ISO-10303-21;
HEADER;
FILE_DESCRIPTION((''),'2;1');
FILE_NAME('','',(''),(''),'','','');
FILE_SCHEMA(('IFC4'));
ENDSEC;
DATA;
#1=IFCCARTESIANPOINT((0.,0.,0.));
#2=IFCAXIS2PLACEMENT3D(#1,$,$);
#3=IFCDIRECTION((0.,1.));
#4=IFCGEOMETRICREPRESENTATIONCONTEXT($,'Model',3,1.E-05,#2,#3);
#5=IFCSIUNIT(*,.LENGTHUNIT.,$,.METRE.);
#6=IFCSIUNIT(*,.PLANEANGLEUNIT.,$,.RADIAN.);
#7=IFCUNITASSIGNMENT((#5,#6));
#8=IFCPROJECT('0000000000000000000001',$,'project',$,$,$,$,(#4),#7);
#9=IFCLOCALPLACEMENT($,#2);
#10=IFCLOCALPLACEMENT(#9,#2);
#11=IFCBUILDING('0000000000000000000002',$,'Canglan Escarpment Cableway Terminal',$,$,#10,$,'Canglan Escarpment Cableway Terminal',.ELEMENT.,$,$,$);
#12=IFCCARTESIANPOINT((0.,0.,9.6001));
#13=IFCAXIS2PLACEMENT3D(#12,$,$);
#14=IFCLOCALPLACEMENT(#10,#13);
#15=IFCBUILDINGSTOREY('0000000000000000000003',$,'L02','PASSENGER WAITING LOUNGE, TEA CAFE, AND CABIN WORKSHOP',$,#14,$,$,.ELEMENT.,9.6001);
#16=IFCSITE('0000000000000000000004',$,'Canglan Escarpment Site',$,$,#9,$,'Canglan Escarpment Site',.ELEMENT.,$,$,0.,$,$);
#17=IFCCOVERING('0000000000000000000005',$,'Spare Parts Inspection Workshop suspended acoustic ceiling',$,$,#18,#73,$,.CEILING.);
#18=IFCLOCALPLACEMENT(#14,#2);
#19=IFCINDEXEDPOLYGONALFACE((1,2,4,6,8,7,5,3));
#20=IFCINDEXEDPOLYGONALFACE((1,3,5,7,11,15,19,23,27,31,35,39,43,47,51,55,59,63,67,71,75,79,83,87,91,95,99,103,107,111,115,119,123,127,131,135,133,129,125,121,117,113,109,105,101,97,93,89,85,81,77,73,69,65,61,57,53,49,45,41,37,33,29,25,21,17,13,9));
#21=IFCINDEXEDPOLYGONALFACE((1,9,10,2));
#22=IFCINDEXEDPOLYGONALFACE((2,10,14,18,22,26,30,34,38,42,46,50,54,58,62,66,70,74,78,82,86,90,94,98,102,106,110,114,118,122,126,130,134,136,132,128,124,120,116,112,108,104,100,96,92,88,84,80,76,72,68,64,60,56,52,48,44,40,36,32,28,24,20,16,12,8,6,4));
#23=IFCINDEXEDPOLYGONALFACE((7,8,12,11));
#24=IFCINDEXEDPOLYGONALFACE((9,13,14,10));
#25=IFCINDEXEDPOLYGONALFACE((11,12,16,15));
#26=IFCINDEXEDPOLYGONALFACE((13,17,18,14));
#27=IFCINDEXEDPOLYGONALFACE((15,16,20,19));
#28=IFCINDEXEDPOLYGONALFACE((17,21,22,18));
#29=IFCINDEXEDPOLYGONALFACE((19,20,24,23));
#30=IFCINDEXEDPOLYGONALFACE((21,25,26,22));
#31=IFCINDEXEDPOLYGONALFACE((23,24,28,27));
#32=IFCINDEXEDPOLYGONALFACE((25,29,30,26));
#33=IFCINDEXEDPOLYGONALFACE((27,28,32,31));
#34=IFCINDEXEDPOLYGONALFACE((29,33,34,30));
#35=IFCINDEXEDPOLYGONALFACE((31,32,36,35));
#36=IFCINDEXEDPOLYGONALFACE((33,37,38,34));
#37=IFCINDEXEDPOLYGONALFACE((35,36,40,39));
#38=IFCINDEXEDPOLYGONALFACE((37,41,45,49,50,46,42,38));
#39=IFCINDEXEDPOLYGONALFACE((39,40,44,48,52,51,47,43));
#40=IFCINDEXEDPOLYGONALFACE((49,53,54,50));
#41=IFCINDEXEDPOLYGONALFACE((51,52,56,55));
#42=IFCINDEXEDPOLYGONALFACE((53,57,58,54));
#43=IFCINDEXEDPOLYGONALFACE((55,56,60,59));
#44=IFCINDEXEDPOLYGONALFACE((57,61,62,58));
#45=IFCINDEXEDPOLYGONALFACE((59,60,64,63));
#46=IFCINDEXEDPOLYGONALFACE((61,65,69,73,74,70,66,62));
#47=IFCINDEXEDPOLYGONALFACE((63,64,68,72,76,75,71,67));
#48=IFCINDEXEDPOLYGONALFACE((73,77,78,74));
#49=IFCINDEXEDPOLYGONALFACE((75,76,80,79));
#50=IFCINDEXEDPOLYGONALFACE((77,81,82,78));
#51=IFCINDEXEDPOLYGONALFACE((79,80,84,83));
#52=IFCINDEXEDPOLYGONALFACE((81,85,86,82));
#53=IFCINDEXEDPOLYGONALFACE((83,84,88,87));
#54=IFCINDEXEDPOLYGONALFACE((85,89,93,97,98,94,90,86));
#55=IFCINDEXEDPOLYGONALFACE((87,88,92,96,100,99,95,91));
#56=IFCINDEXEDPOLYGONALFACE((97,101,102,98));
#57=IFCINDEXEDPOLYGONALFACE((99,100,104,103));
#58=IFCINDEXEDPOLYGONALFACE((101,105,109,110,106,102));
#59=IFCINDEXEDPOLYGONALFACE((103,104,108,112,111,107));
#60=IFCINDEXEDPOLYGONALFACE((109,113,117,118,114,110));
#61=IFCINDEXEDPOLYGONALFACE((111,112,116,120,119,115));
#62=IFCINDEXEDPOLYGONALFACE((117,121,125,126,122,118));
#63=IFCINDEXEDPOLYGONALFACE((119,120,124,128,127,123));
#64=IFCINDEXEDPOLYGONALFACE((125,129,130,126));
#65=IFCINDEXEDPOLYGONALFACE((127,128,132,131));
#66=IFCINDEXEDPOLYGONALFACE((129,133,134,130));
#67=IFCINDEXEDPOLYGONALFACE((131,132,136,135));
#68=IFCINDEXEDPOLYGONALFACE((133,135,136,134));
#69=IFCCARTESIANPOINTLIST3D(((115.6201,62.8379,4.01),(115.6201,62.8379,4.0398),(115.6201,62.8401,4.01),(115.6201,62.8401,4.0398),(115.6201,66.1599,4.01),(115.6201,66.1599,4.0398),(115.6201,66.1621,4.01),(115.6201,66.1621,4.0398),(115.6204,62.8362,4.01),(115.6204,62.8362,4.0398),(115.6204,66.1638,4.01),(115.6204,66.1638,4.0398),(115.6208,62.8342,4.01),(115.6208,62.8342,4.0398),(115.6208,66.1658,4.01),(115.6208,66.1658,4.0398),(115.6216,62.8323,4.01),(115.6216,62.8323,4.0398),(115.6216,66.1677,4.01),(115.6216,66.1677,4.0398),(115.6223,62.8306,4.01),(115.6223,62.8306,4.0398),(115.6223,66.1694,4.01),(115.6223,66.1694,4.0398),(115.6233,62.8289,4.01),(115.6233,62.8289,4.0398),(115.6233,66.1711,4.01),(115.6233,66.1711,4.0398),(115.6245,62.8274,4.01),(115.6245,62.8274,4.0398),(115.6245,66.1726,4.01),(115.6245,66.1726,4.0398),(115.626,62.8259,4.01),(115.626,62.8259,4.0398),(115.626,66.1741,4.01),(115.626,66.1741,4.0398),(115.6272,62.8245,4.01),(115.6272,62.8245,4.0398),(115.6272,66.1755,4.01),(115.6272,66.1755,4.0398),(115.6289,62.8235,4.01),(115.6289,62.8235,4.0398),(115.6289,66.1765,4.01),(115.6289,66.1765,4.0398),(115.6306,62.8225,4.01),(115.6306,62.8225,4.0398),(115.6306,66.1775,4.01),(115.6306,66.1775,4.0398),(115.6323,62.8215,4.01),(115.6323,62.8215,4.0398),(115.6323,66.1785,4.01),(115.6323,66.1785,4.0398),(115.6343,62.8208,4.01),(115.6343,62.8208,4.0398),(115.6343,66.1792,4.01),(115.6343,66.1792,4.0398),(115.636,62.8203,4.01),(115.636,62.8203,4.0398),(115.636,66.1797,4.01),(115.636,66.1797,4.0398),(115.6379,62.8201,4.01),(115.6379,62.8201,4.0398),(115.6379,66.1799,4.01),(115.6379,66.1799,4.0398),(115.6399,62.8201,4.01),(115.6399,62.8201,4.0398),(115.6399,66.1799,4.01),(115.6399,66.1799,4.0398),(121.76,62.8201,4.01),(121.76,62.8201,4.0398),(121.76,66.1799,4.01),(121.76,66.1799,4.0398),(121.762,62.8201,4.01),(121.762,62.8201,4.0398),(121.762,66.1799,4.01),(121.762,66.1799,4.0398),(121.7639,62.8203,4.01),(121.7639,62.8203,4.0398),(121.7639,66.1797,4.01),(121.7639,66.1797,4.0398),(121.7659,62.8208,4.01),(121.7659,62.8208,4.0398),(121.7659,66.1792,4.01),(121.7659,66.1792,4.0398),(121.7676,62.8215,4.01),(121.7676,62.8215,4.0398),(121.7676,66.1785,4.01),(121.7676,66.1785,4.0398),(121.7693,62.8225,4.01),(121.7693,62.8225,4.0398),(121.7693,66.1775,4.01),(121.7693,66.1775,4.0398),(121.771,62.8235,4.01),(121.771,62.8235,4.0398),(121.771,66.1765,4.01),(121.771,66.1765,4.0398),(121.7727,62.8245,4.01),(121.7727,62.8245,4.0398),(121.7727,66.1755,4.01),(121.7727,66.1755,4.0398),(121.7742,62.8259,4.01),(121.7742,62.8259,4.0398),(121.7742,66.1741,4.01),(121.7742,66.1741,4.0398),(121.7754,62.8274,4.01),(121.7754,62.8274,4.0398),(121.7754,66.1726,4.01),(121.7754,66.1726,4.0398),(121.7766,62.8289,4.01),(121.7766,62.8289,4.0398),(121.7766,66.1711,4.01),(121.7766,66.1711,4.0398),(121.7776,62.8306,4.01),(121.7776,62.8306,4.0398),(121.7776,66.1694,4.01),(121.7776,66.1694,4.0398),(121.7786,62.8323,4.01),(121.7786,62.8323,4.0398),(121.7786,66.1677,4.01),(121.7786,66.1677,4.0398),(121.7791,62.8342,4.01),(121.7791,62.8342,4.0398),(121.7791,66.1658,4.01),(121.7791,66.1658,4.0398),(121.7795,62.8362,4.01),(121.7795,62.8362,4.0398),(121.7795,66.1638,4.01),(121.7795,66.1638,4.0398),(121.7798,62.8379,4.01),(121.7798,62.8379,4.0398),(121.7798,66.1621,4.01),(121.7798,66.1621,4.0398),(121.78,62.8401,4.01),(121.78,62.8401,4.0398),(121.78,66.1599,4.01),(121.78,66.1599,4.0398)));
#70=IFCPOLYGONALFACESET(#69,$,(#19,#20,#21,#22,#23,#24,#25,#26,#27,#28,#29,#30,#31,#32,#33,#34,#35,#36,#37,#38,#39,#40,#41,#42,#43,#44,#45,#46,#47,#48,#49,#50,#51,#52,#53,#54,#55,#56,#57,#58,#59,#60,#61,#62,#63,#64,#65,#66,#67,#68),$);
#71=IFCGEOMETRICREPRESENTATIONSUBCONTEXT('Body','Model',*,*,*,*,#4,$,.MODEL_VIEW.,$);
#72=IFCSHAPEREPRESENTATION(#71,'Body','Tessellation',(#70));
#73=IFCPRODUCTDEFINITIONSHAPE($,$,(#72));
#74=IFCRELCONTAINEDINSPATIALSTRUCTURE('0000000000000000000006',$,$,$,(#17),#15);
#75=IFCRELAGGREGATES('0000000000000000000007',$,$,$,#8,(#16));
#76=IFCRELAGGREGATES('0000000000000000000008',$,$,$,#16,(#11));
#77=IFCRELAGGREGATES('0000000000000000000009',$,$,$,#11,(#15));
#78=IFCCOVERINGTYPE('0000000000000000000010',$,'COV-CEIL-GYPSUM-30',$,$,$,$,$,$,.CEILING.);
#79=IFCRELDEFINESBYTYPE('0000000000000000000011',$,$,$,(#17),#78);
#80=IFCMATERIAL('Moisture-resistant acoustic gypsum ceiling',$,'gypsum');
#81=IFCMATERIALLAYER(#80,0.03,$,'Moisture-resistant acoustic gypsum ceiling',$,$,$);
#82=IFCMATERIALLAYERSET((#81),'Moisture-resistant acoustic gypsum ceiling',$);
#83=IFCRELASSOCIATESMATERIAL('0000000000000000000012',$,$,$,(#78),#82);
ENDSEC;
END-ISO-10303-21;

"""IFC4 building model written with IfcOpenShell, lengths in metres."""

from ifc_helpers import new_model, si_unit, direction, frame, origin, place, context, subcontext, project, spatial, polyline, outline, extrude, material, layer, layer_set, type_object, element, save


model = new_model("IFC4")

# Units and contexts
model_context = context("Model", 3, precision=1e-05, world=origin(), true_north=direction((0.0, 1.0)))
body_context = subcontext(model_context, "Body", "Model", "MODEL_VIEW")
ifc_project = project(units=[si_unit("LENGTHUNIT", "METRE"), si_unit("PLANEANGLEUNIT", "RADIAN")], contexts=[model_context])

# Site, building, storey
site_placement = place(None, origin())
site = spatial("IfcSite", under=ifc_project, at=site_placement, Name="Canglan Escarpment Site", LongName="Canglan Escarpment Site", CompositionType="ELEMENT", RefElevation=0.0)
building_placement = place(site_placement, origin())
building = spatial("IfcBuilding", under=site, at=building_placement, Name="Canglan Escarpment Cableway Terminal", LongName="Canglan Escarpment Cableway Terminal", CompositionType="ELEMENT")
storey_placement = place(building_placement, frame((0.0, 0.0, 9.6001)))
storey = spatial("IfcBuildingStorey", under=building, at=storey_placement, Name="L02", Description="PASSENGER WAITING LOUNGE, TEA CAFE, AND CABIN WORKSHOP", CompositionType="ELEMENT", Elevation=9.6001)

# Covering
ifc_material_1 = material(Name="Moisture-resistant acoustic gypsum ceiling", Category="gypsum")
ifc_layer_1 = layer(ifc_material_1, 0.03, Name="Moisture-resistant acoustic gypsum ceiling")
ifc_layer_set_1 = layer_set([ifc_layer_1], Name="Moisture-resistant acoustic gypsum ceiling")
covering_type_1 = type_object("IfcCoveringType", Name="COV-CEIL-GYPSUM-30", PredefinedType="CEILING", material=ifc_layer_set_1)
covering_1_placement = place(storey_placement, frame((0.0, 0.0, 4.01)))
element("IfcCovering", 1, at=covering_1_placement, inside=storey, type_object=covering_type_1, Name="Spare Parts Inspection Workshop suspended acoustic ceiling", PredefinedType="CEILING", context=body_context, shape_type="SweptSolid", body=[
    extrude(outline(polyline([(115.6201, 66.1599), (115.6201, 66.1621), (115.6204, 66.1638), (115.6208, 66.1658), (115.6216, 66.1677), (115.6223, 66.1694), (115.6233, 66.1711), (115.6245, 66.1726), (115.626, 66.1741), (115.6272, 66.1755), (115.6289, 66.1765), (115.6306, 66.1775), (115.6323, 66.1785), (115.6343, 66.1792), (115.636, 66.1797), (115.6379, 66.1799), (115.6399, 66.1799), (121.76, 66.1799), (121.762, 66.1799), (121.7639, 66.1797), (121.7659, 66.1792), (121.7676, 66.1785), (121.7693, 66.1775), (121.771, 66.1765), (121.7727, 66.1755), (121.7742, 66.1741), (121.7754, 66.1726), (121.7766, 66.1711), (121.7776, 66.1694), (121.7786, 66.1677), (121.7791, 66.1658), (121.7795, 66.1638), (121.7798, 66.1621), (121.78, 66.1599), (121.78, 62.8401), (121.7798, 62.8379), (121.7795, 62.8362), (121.7791, 62.8342), (121.7786, 62.8323), (121.7776, 62.8306), (121.7766, 62.8289), (121.7754, 62.8274), (121.7742, 62.8259), (121.7727, 62.8245), (121.771, 62.8235), (121.7693, 62.8225), (121.7676, 62.8215), (121.7659, 62.8208), (121.7639, 62.8203), (121.762, 62.8201), (121.76, 62.8201), (115.6399, 62.8201), (115.6379, 62.8201), (115.636, 62.8203), (115.6343, 62.8208), (115.6323, 62.8215), (115.6306, 62.8225), (115.6289, 62.8235), (115.6272, 62.8245), (115.626, 62.8259), (115.6245, 62.8274), (115.6233, 62.8289), (115.6223, 62.8306), (115.6216, 62.8323), (115.6208, 62.8342), (115.6204, 62.8362), (115.6201, 62.8379), (115.6201, 62.8401), (115.6201, 66.1599)])), origin(), (0.0, 0.0, 1.0), 0.0298),
])

save(model, "model.ifc")
